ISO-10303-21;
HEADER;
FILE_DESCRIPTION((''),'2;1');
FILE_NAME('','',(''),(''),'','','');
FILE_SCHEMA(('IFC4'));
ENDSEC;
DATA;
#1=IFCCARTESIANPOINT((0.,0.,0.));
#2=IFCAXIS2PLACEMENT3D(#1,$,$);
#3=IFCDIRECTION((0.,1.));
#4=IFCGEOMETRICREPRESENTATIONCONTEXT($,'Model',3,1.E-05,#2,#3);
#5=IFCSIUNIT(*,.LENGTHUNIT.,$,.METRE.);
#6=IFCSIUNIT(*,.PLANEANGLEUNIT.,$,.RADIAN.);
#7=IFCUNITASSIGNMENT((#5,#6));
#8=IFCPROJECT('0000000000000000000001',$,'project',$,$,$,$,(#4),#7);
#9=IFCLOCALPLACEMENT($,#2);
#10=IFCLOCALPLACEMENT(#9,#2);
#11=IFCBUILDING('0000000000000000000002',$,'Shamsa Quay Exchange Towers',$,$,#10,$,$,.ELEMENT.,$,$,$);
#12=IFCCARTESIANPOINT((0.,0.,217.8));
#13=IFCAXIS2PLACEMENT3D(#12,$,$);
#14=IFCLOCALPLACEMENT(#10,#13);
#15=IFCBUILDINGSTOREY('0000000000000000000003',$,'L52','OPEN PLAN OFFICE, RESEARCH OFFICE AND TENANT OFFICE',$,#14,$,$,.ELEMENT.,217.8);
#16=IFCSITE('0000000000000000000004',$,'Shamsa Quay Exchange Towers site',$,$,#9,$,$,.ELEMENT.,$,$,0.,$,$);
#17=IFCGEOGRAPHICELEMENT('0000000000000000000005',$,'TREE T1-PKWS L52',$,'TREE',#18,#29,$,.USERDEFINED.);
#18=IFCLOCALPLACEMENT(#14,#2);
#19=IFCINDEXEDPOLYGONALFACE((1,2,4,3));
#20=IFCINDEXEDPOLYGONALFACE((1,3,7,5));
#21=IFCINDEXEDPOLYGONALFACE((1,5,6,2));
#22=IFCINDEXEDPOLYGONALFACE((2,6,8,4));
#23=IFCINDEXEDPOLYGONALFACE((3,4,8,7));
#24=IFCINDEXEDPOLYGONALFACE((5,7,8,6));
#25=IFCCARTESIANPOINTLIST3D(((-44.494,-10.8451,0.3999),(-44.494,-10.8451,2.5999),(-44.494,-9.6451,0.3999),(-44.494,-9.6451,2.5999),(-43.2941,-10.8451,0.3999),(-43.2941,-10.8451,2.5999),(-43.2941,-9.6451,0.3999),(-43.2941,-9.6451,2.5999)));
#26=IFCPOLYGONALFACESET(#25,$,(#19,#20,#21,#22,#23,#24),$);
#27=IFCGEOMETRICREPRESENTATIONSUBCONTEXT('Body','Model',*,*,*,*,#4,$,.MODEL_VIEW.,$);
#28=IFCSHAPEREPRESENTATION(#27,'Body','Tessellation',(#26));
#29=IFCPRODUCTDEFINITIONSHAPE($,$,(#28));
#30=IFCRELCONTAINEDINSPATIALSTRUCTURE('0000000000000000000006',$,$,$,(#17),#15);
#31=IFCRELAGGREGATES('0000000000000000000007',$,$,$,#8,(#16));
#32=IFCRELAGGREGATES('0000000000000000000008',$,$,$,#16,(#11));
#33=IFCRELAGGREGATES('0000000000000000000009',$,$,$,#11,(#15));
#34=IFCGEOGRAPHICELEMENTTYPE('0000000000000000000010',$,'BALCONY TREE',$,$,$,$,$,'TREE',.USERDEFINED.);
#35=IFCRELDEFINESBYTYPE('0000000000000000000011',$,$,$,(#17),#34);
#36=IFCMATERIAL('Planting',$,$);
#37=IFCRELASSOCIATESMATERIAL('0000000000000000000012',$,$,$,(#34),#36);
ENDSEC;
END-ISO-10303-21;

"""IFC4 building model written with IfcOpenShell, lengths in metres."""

from ifc_helpers import new_model, si_unit, direction, frame, origin, origin_2d, place, context, subcontext, project, spatial, rectangle, extrude, material, type_object, element, save


model = new_model("IFC4")

# Units and contexts
model_context = context("Model", 3, precision=1e-05, world=origin(), true_north=direction((0.0, 1.0)))
body_context = subcontext(model_context, "Body", "Model", "MODEL_VIEW")
ifc_project = project(units=[si_unit("LENGTHUNIT", "METRE"), si_unit("PLANEANGLEUNIT", "RADIAN")], contexts=[model_context])

# Site, building, storey
site_placement = place(None, origin())
site = spatial("IfcSite", under=ifc_project, at=site_placement, Name="Shamsa Quay Exchange Towers site", CompositionType="ELEMENT", RefElevation=0.0)
building_placement = place(site_placement, origin())
building = spatial("IfcBuilding", under=site, at=building_placement, Name="Shamsa Quay Exchange Towers", CompositionType="ELEMENT")
storey_placement = place(building_placement, frame((0.0, 0.0, 217.8)))
storey = spatial("IfcBuildingStorey", under=building, at=storey_placement, Name="L52", Description="OPEN PLAN OFFICE, RESEARCH OFFICE AND TENANT OFFICE", CompositionType="ELEMENT", Elevation=217.8)

# Geographic element
ifc_material_1 = material(Name="Planting")
geographic_element_type = type_object("IfcGeographicElementType", Name="BALCONY TREE", ElementType="TREE", PredefinedType="USERDEFINED", material=ifc_material_1)
geographic_element_placement = place(storey_placement, frame((-43.894, -10.2451, 0.3999)))
element("IfcGeographicElement", 1, at=geographic_element_placement, inside=storey, type_object=geographic_element_type, Name="TREE T1-PKWS L52", ObjectType="TREE", PredefinedType="USERDEFINED", context=body_context, shape_type="SweptSolid", body=[
    extrude(rectangle(XDim=1.2, YDim=1.2, at=origin_2d()), origin(), (0.0, 0.0, 1.0), 2.2),
])

save(model, "model.ifc")
